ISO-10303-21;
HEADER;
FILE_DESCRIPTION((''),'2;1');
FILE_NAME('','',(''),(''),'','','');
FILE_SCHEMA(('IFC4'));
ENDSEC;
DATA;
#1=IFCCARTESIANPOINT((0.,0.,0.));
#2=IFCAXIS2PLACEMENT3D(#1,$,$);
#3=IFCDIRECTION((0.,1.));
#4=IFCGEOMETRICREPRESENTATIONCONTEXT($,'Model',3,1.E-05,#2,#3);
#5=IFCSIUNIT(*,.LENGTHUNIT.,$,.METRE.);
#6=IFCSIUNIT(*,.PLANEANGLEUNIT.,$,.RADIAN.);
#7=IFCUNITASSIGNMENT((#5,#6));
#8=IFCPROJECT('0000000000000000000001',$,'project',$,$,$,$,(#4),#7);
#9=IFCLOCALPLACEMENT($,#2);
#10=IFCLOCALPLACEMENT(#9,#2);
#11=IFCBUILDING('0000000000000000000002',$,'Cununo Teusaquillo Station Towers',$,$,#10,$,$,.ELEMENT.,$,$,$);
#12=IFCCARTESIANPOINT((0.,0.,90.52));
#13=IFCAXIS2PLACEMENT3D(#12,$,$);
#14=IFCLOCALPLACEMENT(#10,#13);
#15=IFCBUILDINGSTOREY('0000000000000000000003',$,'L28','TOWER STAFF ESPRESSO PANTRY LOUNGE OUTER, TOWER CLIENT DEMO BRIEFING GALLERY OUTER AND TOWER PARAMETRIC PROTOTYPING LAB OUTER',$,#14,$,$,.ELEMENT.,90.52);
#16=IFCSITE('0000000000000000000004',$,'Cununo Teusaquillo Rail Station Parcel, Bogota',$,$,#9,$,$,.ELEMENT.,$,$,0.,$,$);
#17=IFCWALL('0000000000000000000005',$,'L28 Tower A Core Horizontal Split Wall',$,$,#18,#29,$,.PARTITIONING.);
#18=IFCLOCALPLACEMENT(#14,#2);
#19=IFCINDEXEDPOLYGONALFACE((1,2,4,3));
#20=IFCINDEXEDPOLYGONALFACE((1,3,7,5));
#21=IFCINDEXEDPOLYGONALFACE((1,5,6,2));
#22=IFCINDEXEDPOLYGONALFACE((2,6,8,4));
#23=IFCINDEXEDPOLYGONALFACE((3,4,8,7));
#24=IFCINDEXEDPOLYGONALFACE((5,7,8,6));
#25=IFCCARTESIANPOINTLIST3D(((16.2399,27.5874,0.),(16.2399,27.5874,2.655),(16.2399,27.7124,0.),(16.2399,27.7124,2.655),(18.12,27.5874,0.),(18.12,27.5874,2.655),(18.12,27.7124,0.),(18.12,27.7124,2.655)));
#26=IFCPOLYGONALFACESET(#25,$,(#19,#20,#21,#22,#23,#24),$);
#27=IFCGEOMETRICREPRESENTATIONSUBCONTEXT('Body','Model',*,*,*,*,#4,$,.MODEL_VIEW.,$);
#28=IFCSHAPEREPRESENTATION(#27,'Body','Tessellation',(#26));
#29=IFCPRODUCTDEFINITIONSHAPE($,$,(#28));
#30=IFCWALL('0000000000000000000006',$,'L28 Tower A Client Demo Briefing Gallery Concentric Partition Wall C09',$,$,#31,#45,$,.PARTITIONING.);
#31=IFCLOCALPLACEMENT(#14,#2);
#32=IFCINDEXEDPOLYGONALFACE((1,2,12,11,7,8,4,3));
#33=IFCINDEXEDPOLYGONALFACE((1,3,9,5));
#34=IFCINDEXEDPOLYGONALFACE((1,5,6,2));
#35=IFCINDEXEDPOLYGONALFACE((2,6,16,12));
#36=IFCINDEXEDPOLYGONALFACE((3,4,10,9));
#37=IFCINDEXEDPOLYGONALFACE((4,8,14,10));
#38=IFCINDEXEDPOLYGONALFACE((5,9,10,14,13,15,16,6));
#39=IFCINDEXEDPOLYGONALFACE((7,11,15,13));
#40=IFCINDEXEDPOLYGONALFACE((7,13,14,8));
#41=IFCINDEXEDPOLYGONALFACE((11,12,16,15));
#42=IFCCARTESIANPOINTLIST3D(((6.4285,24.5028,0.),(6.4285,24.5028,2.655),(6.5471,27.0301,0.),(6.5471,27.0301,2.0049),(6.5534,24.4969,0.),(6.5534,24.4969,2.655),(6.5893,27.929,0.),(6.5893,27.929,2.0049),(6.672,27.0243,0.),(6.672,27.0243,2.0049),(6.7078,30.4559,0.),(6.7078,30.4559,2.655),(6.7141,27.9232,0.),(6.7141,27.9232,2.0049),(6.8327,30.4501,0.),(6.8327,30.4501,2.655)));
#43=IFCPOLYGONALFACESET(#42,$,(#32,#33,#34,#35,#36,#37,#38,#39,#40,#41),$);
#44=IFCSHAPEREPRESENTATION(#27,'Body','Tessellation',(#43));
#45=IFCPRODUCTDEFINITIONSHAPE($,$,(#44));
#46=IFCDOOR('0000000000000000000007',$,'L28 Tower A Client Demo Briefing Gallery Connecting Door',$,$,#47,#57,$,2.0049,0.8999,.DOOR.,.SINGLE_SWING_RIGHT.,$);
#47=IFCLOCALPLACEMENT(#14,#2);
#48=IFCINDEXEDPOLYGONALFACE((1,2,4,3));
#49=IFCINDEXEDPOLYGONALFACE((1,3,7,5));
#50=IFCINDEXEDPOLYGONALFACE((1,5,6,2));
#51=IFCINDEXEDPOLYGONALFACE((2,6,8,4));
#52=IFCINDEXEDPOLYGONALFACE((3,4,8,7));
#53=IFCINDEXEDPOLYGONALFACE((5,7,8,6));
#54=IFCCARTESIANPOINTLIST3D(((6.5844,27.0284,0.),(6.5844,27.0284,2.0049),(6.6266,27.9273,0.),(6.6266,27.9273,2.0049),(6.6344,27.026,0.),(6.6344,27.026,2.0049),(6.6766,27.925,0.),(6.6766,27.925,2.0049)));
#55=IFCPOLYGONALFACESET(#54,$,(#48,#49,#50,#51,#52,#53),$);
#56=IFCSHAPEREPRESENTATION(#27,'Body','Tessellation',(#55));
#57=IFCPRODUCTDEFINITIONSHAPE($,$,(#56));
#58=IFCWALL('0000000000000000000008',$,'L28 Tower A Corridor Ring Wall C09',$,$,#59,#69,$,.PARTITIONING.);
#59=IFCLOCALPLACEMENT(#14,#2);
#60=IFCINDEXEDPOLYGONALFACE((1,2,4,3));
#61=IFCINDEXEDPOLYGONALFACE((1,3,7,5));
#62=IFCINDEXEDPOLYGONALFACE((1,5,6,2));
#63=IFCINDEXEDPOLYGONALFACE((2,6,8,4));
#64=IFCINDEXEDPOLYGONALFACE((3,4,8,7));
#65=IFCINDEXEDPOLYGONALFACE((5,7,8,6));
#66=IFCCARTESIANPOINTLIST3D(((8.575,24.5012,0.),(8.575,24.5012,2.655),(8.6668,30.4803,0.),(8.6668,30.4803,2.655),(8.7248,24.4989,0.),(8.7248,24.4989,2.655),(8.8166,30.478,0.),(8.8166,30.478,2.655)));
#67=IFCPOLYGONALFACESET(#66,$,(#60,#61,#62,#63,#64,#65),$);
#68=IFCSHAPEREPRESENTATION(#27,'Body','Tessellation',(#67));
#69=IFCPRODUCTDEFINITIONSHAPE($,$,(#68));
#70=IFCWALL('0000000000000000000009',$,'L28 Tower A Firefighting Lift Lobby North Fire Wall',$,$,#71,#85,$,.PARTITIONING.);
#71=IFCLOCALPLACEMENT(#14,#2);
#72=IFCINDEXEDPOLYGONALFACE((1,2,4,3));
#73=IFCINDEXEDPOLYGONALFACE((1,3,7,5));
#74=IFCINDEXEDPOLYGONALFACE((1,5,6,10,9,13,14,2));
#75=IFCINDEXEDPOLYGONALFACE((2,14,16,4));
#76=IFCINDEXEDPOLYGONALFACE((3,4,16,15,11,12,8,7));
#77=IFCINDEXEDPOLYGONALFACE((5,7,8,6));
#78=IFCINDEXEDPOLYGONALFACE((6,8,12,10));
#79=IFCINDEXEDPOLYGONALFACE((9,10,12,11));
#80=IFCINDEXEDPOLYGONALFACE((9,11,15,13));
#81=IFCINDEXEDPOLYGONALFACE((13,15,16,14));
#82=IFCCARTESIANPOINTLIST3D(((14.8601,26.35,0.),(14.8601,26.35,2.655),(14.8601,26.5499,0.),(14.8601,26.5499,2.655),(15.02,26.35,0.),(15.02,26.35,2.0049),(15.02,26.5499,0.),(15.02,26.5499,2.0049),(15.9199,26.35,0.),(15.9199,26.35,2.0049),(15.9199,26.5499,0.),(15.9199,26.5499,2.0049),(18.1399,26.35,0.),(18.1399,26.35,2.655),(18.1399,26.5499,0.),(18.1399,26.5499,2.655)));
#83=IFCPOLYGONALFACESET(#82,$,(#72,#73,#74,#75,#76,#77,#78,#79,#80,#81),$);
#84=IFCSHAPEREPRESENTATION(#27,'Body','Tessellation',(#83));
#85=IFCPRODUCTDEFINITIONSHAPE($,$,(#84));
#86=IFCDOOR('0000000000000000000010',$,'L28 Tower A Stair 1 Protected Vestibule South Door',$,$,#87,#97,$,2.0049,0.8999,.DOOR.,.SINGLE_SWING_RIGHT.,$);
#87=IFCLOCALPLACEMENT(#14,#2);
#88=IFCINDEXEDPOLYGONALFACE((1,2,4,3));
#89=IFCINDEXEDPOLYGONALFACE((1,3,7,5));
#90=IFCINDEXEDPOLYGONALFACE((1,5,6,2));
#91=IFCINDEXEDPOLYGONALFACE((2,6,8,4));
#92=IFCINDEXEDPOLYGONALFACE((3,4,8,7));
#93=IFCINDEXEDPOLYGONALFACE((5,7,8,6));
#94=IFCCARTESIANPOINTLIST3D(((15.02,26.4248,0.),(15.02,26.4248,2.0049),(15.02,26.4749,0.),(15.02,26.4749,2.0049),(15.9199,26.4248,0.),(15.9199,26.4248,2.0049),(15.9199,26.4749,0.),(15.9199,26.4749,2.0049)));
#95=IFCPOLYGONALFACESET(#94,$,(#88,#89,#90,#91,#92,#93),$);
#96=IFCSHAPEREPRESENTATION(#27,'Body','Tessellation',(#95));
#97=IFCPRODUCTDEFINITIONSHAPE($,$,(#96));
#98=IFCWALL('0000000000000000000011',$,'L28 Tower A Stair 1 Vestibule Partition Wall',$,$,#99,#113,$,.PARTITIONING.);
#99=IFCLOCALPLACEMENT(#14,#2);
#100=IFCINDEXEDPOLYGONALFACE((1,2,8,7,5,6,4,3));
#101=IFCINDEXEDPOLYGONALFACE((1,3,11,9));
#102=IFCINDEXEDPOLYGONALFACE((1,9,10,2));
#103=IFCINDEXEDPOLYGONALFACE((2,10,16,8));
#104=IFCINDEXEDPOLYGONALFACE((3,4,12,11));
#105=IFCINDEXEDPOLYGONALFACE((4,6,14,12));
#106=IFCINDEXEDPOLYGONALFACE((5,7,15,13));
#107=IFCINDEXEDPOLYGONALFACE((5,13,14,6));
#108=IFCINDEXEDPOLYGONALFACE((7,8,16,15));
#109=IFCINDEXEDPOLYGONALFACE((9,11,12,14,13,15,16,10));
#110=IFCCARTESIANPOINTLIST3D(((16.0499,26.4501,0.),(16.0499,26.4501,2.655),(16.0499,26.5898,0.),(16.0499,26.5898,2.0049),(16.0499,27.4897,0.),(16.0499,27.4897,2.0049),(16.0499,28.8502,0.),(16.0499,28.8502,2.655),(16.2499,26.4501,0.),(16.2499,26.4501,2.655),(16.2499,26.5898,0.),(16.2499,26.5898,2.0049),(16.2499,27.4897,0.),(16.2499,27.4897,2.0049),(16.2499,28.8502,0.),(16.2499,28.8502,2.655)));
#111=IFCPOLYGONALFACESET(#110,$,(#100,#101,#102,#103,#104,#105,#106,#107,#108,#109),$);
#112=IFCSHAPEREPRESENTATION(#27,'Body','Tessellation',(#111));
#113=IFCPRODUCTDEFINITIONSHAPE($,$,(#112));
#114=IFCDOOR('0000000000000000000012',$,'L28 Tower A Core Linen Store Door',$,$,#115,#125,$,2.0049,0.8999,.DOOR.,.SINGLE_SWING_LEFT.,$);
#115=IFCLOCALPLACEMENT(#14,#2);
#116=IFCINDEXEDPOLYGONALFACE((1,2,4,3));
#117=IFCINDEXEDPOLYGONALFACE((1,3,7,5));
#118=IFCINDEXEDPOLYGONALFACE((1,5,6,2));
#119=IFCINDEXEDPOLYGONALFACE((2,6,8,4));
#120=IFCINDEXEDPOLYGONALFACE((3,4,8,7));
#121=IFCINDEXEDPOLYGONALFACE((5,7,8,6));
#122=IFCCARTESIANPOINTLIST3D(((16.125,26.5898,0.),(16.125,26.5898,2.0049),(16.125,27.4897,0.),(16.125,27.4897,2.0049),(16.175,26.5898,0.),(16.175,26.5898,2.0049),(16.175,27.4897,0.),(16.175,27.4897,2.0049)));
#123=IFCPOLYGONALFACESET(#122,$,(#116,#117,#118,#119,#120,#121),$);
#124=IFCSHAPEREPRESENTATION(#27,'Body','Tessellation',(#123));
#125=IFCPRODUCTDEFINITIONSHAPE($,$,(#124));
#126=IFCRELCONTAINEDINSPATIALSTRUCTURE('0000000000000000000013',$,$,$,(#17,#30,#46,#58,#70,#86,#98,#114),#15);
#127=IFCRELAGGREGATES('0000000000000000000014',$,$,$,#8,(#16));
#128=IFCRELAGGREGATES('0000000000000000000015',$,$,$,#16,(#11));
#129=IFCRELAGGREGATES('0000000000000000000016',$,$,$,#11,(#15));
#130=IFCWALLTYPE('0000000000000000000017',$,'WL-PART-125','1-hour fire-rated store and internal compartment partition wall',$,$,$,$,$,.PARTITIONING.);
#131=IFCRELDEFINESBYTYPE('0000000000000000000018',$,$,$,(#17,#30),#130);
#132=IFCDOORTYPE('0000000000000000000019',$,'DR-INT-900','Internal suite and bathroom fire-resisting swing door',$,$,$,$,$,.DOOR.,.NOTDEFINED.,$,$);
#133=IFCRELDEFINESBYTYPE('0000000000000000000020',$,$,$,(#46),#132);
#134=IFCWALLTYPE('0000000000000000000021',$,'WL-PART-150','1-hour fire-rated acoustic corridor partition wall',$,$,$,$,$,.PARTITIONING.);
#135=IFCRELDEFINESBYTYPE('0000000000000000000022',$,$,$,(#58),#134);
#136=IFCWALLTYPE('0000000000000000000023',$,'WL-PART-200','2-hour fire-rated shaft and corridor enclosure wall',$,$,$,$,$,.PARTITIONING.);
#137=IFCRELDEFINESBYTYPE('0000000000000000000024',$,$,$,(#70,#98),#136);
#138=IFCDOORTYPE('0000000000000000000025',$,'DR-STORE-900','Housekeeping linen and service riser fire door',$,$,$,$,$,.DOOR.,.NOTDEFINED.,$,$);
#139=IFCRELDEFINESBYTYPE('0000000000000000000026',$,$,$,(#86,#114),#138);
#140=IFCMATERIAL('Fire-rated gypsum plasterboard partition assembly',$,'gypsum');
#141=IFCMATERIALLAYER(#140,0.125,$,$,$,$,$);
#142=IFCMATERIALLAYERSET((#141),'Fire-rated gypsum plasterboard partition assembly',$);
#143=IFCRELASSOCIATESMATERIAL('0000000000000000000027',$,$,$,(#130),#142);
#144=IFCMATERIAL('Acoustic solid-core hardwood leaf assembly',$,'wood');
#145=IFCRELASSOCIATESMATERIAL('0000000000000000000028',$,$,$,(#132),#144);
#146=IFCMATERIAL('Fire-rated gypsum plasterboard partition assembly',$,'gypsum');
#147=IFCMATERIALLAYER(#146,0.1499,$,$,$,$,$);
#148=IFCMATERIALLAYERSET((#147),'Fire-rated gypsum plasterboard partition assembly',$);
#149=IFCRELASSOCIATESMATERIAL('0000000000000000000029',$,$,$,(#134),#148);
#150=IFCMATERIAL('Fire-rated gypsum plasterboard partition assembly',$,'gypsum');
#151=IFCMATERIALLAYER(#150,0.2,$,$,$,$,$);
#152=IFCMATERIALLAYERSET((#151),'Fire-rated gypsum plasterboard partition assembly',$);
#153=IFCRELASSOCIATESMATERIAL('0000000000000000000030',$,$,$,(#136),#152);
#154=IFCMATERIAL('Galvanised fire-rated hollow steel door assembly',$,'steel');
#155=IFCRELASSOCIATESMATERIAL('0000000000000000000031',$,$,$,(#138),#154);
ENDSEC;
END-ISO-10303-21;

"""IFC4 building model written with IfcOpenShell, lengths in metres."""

from ifc_helpers import new_model, si_unit, direction, frame, frame_2d, origin, place, context, subcontext, project, spatial, rectangle, extrude, source, transform, mapped, material, layer, layer_set, type_object, element, fill, save


model = new_model("IFC4")

# Units and contexts
model_context = context("Model", 3, precision=1e-05, world=origin(), true_north=direction((0.0, 1.0)))
body_context = subcontext(model_context, "Body", "Model", "MODEL_VIEW")
ifc_project = project(units=[si_unit("LENGTHUNIT", "METRE"), si_unit("PLANEANGLEUNIT", "RADIAN")], contexts=[model_context])

# Site, building, storey
site_placement = place(None, origin())
site = spatial("IfcSite", under=ifc_project, at=site_placement, Name="Cununo Teusaquillo Rail Station Parcel, Bogota", CompositionType="ELEMENT", RefElevation=0.0)
building_placement = place(site_placement, origin())
building = spatial("IfcBuilding", under=site, at=building_placement, Name="Cununo Teusaquillo Station Towers", CompositionType="ELEMENT")
storey_placement = place(building_placement, frame((0.0, 0.0, 90.52)))
storey = spatial("IfcBuildingStorey", under=building, at=storey_placement, Name="L28", Description="TOWER STAFF ESPRESSO PANTRY LOUNGE OUTER, TOWER CLIENT DEMO BRIEFING GALLERY OUTER AND TOWER PARAMETRIC PROTOTYPING LAB OUTER", CompositionType="ELEMENT", Elevation=90.52)

# Wall
ifc_material_1 = material(Name="Fire-rated gypsum plasterboard partition assembly", Category="gypsum")
ifc_layer_1 = layer(ifc_material_1, 0.125)
ifc_layer_set_1 = layer_set([ifc_layer_1], Name="Fire-rated gypsum plasterboard partition assembly")
wall_type_1 = type_object("IfcWallType", Name="WL-PART-125", Description="1-hour fire-rated store and internal compartment partition wall", PredefinedType="PARTITIONING", material=ifc_layer_set_1)
wall_1_placement = place(storey_placement, frame((16.24, 27.6499, 0.0), z_axis=(0.0, 0.0, 1.0), x_axis=(1.0, 0.0, 0.0)))
element("IfcWall", 1, at=wall_1_placement, inside=storey, type_object=wall_type_1, Name="L28 Tower A Core Horizontal Split Wall", PredefinedType="PARTITIONING", context=body_context, shape_type="SweptSolid", body=[
    extrude(rectangle(XDim=1.8801, YDim=0.125, at=frame_2d((0.9399, 0.0))), origin(), (0.0, 0.0, 1.0), 2.655),
])

# Wall, opening, door
wall_2_placement = place(storey_placement, frame((6.7703, 30.4531, 0.0), z_axis=(0.0, 0.0, 1.0), x_axis=(-0.046864, -0.998901, 0.0)))
wall_2 = element("IfcWall", 2, at=wall_2_placement, inside=storey, type_object=wall_type_1, Name="L28 Tower A Client Demo Briefing Gallery Concentric Partition Wall C09", PredefinedType="PARTITIONING", context=body_context, shape_type="SweptSolid", body=[
    extrude(rectangle(XDim=5.9597, YDim=0.125, at=frame_2d((2.98, 0.0))), origin(), (0.0, 0.0, 1.0), 2.655),
])
shared_shape_1 = source(origin(), body_context, "Body", "SweptSolid", [
    extrude(rectangle(XDim=0.8999, YDim=2.0049, at=frame_2d((0.45, 1.0024))), frame((0.0, 0.0725, 0.0), z_axis=(0.0, -1.0, 0.0), x_axis=(1.0, 0.0, 0.0)), (0.0, 0.0, 1.0), 0.145),
])
opening_1_placement = place(wall_2_placement, frame((2.5298, 0.0, 0.0)))
opening_1 = element("IfcOpeningElement", 3, at=opening_1_placement, cuts=wall_2, PredefinedType="OPENING", context=body_context, shape_type="MappedRepresentation", body=[
    mapped(shared_shape_1, transform((0.0, 0.0, 0.0), x_axis=(1.0, 0.0, 0.0), y_axis=(0.0, 1.0, 0.0), z_axis=(0.0, 0.0, 1.0), scale=1.0)),
])
ifc_material_2 = material(Name="Acoustic solid-core hardwood leaf assembly", Category="wood")
door_type_1 = type_object("IfcDoorType", Name="DR-INT-900", Description="Internal suite and bathroom fire-resisting swing door", OperationType="NOTDEFINED", PredefinedType="DOOR", material=ifc_material_2)
shared_shape_2 = source(origin(), body_context, "Body", "SweptSolid", [
    extrude(rectangle(XDim=0.8999, YDim=2.0049, at=frame_2d((0.45, 1.0024))), frame((0.0, 0.0249, 0.0), z_axis=(0.0, -1.0, 0.0), x_axis=(1.0, 0.0, 0.0)), (0.0, 0.0, 1.0), 0.05),
])
door_1_placement = place(opening_1_placement, origin())
door_1 = element("IfcDoor", 4, at=door_1_placement, inside=storey, type_object=door_type_1, Name="L28 Tower A Client Demo Briefing Gallery Connecting Door", OperationType="SINGLE_SWING_RIGHT", OverallHeight=2.0049, OverallWidth=0.8999, PredefinedType="DOOR", context=body_context, shape_type="MappedRepresentation", body=[
    mapped(shared_shape_2, transform((0.0, 0.0, 0.0), x_axis=(1.0, 0.0, 0.0), y_axis=(0.0, 1.0, 0.0), z_axis=(0.0, 0.0, 1.0), scale=1.0)),
])
fill(opening_1, door_1)

# Wall
ifc_material_3 = material(Name="Fire-rated gypsum plasterboard partition assembly", Category="gypsum")
ifc_layer_2 = layer(ifc_material_3, 0.1499)
ifc_layer_set_2 = layer_set([ifc_layer_2], Name="Fire-rated gypsum plasterboard partition assembly")
wall_type_2 = type_object("IfcWallType", Name="WL-PART-150", Description="1-hour fire-rated acoustic corridor partition wall", PredefinedType="PARTITIONING", material=ifc_layer_set_2)
wall_3_placement = place(storey_placement, frame((8.7417, 30.479, 0.0), z_axis=(0.0, 0.0, 1.0), x_axis=(-0.015351, -0.999882, 0.0)))
element("IfcWall", 5, at=wall_3_placement, inside=storey, type_object=wall_type_2, Name="L28 Tower A Corridor Ring Wall C09", PredefinedType="PARTITIONING", context=body_context, shape_type="SweptSolid", body=[
    extrude(rectangle(XDim=5.9797, YDim=0.1499, at=frame_2d((2.9897, 0.0))), origin(), (0.0, 0.0, 1.0), 2.655),
])

# Walls, openings, doors
ifc_material_4 = material(Name="Fire-rated gypsum plasterboard partition assembly", Category="gypsum")
ifc_layer_3 = layer(ifc_material_4, 0.2)
ifc_layer_set_3 = layer_set([ifc_layer_3], Name="Fire-rated gypsum plasterboard partition assembly")
wall_type_3 = type_object("IfcWallType", Name="WL-PART-200", Description="2-hour fire-rated shaft and corridor enclosure wall", PredefinedType="PARTITIONING", material=ifc_layer_set_3)
wall_4_placement = place(storey_placement, frame((14.8601, 26.45, 0.0), z_axis=(0.0, 0.0, 1.0), x_axis=(1.0, 0.0, 0.0)))
wall_4 = element("IfcWall", 6, at=wall_4_placement, inside=storey, type_object=wall_type_3, Name="L28 Tower A Firefighting Lift Lobby North Fire Wall", PredefinedType="PARTITIONING", context=body_context, shape_type="SweptSolid", body=[
    extrude(rectangle(XDim=3.2798, YDim=0.2, at=frame_2d((1.6399, 0.0))), origin(), (0.0, 0.0, 1.0), 2.655),
])
shared_shape_3 = source(origin(), body_context, "Body", "SweptSolid", [
    extrude(rectangle(XDim=0.8999, YDim=2.0049, at=frame_2d((0.45, 1.0024))), frame((0.0, 0.1099, 0.0), z_axis=(0.0, -1.0, 0.0), x_axis=(1.0, 0.0, 0.0)), (0.0, 0.0, 1.0), 0.22),
])
opening_2_placement = place(wall_4_placement, frame((0.1599, 0.0, 0.0)))
opening_2 = element("IfcOpeningElement", 7, at=opening_2_placement, cuts=wall_4, PredefinedType="OPENING", context=body_context, shape_type="MappedRepresentation", body=[
    mapped(shared_shape_3, transform((0.0, 0.0, 0.0), x_axis=(1.0, 0.0, 0.0), y_axis=(0.0, 1.0, 0.0), z_axis=(0.0, 0.0, 1.0), scale=1.0)),
])
ifc_material_5 = material(Name="Galvanised fire-rated hollow steel door assembly", Category="steel")
door_type_2 = type_object("IfcDoorType", Name="DR-STORE-900", Description="Housekeeping linen and service riser fire door", OperationType="NOTDEFINED", PredefinedType="DOOR", material=ifc_material_5)
door_2_placement = place(opening_2_placement, origin())
door_2 = element("IfcDoor", 8, at=door_2_placement, inside=storey, type_object=door_type_2, Name="L28 Tower A Stair 1 Protected Vestibule South Door", OperationType="SINGLE_SWING_RIGHT", OverallHeight=2.0049, OverallWidth=0.8999, PredefinedType="DOOR", context=body_context, shape_type="MappedRepresentation", body=[
    mapped(shared_shape_2, transform((0.0, 0.0, 0.0), x_axis=(1.0, 0.0, 0.0), y_axis=(0.0, 1.0, 0.0), z_axis=(0.0, 0.0, 1.0), scale=1.0)),
])
fill(opening_2, door_2)
wall_5_placement = place(storey_placement, frame((16.1499, 26.45, 0.0), z_axis=(0.0, 0.0, 1.0), x_axis=(0.0, 1.0, 0.0)))
wall_5 = element("IfcWall", 9, at=wall_5_placement, inside=storey, type_object=wall_type_3, Name="L28 Tower A Stair 1 Vestibule Partition Wall", PredefinedType="PARTITIONING", context=body_context, shape_type="SweptSolid", body=[
    extrude(rectangle(XDim=2.4001, YDim=0.2, at=frame_2d((1.2002, 0.0))), origin(), (0.0, 0.0, 1.0), 2.655),
])
opening_3_placement = place(wall_5_placement, frame((0.1399, 0.0, 0.0)))
opening_3 = element("IfcOpeningElement", 10, at=opening_3_placement, cuts=wall_5, PredefinedType="OPENING", context=body_context, shape_type="MappedRepresentation", body=[
    mapped(shared_shape_3, transform((0.0, 0.0, 0.0), x_axis=(1.0, 0.0, 0.0), y_axis=(0.0, 1.0, 0.0), z_axis=(0.0, 0.0, 1.0), scale=1.0)),
])
door_3_placement = place(opening_3_placement, origin())
door_3 = element("IfcDoor", 11, at=door_3_placement, inside=storey, type_object=door_type_2, Name="L28 Tower A Core Linen Store Door", OperationType="SINGLE_SWING_LEFT", OverallHeight=2.0049, OverallWidth=0.8999, PredefinedType="DOOR", context=body_context, shape_type="MappedRepresentation", body=[
    mapped(shared_shape_2, transform((0.0, 0.0, 0.0), x_axis=(1.0, 0.0, 0.0), y_axis=(0.0, 1.0, 0.0), z_axis=(0.0, 0.0, 1.0), scale=1.0)),
])
fill(opening_3, door_3)

save(model, "model.ifc")
